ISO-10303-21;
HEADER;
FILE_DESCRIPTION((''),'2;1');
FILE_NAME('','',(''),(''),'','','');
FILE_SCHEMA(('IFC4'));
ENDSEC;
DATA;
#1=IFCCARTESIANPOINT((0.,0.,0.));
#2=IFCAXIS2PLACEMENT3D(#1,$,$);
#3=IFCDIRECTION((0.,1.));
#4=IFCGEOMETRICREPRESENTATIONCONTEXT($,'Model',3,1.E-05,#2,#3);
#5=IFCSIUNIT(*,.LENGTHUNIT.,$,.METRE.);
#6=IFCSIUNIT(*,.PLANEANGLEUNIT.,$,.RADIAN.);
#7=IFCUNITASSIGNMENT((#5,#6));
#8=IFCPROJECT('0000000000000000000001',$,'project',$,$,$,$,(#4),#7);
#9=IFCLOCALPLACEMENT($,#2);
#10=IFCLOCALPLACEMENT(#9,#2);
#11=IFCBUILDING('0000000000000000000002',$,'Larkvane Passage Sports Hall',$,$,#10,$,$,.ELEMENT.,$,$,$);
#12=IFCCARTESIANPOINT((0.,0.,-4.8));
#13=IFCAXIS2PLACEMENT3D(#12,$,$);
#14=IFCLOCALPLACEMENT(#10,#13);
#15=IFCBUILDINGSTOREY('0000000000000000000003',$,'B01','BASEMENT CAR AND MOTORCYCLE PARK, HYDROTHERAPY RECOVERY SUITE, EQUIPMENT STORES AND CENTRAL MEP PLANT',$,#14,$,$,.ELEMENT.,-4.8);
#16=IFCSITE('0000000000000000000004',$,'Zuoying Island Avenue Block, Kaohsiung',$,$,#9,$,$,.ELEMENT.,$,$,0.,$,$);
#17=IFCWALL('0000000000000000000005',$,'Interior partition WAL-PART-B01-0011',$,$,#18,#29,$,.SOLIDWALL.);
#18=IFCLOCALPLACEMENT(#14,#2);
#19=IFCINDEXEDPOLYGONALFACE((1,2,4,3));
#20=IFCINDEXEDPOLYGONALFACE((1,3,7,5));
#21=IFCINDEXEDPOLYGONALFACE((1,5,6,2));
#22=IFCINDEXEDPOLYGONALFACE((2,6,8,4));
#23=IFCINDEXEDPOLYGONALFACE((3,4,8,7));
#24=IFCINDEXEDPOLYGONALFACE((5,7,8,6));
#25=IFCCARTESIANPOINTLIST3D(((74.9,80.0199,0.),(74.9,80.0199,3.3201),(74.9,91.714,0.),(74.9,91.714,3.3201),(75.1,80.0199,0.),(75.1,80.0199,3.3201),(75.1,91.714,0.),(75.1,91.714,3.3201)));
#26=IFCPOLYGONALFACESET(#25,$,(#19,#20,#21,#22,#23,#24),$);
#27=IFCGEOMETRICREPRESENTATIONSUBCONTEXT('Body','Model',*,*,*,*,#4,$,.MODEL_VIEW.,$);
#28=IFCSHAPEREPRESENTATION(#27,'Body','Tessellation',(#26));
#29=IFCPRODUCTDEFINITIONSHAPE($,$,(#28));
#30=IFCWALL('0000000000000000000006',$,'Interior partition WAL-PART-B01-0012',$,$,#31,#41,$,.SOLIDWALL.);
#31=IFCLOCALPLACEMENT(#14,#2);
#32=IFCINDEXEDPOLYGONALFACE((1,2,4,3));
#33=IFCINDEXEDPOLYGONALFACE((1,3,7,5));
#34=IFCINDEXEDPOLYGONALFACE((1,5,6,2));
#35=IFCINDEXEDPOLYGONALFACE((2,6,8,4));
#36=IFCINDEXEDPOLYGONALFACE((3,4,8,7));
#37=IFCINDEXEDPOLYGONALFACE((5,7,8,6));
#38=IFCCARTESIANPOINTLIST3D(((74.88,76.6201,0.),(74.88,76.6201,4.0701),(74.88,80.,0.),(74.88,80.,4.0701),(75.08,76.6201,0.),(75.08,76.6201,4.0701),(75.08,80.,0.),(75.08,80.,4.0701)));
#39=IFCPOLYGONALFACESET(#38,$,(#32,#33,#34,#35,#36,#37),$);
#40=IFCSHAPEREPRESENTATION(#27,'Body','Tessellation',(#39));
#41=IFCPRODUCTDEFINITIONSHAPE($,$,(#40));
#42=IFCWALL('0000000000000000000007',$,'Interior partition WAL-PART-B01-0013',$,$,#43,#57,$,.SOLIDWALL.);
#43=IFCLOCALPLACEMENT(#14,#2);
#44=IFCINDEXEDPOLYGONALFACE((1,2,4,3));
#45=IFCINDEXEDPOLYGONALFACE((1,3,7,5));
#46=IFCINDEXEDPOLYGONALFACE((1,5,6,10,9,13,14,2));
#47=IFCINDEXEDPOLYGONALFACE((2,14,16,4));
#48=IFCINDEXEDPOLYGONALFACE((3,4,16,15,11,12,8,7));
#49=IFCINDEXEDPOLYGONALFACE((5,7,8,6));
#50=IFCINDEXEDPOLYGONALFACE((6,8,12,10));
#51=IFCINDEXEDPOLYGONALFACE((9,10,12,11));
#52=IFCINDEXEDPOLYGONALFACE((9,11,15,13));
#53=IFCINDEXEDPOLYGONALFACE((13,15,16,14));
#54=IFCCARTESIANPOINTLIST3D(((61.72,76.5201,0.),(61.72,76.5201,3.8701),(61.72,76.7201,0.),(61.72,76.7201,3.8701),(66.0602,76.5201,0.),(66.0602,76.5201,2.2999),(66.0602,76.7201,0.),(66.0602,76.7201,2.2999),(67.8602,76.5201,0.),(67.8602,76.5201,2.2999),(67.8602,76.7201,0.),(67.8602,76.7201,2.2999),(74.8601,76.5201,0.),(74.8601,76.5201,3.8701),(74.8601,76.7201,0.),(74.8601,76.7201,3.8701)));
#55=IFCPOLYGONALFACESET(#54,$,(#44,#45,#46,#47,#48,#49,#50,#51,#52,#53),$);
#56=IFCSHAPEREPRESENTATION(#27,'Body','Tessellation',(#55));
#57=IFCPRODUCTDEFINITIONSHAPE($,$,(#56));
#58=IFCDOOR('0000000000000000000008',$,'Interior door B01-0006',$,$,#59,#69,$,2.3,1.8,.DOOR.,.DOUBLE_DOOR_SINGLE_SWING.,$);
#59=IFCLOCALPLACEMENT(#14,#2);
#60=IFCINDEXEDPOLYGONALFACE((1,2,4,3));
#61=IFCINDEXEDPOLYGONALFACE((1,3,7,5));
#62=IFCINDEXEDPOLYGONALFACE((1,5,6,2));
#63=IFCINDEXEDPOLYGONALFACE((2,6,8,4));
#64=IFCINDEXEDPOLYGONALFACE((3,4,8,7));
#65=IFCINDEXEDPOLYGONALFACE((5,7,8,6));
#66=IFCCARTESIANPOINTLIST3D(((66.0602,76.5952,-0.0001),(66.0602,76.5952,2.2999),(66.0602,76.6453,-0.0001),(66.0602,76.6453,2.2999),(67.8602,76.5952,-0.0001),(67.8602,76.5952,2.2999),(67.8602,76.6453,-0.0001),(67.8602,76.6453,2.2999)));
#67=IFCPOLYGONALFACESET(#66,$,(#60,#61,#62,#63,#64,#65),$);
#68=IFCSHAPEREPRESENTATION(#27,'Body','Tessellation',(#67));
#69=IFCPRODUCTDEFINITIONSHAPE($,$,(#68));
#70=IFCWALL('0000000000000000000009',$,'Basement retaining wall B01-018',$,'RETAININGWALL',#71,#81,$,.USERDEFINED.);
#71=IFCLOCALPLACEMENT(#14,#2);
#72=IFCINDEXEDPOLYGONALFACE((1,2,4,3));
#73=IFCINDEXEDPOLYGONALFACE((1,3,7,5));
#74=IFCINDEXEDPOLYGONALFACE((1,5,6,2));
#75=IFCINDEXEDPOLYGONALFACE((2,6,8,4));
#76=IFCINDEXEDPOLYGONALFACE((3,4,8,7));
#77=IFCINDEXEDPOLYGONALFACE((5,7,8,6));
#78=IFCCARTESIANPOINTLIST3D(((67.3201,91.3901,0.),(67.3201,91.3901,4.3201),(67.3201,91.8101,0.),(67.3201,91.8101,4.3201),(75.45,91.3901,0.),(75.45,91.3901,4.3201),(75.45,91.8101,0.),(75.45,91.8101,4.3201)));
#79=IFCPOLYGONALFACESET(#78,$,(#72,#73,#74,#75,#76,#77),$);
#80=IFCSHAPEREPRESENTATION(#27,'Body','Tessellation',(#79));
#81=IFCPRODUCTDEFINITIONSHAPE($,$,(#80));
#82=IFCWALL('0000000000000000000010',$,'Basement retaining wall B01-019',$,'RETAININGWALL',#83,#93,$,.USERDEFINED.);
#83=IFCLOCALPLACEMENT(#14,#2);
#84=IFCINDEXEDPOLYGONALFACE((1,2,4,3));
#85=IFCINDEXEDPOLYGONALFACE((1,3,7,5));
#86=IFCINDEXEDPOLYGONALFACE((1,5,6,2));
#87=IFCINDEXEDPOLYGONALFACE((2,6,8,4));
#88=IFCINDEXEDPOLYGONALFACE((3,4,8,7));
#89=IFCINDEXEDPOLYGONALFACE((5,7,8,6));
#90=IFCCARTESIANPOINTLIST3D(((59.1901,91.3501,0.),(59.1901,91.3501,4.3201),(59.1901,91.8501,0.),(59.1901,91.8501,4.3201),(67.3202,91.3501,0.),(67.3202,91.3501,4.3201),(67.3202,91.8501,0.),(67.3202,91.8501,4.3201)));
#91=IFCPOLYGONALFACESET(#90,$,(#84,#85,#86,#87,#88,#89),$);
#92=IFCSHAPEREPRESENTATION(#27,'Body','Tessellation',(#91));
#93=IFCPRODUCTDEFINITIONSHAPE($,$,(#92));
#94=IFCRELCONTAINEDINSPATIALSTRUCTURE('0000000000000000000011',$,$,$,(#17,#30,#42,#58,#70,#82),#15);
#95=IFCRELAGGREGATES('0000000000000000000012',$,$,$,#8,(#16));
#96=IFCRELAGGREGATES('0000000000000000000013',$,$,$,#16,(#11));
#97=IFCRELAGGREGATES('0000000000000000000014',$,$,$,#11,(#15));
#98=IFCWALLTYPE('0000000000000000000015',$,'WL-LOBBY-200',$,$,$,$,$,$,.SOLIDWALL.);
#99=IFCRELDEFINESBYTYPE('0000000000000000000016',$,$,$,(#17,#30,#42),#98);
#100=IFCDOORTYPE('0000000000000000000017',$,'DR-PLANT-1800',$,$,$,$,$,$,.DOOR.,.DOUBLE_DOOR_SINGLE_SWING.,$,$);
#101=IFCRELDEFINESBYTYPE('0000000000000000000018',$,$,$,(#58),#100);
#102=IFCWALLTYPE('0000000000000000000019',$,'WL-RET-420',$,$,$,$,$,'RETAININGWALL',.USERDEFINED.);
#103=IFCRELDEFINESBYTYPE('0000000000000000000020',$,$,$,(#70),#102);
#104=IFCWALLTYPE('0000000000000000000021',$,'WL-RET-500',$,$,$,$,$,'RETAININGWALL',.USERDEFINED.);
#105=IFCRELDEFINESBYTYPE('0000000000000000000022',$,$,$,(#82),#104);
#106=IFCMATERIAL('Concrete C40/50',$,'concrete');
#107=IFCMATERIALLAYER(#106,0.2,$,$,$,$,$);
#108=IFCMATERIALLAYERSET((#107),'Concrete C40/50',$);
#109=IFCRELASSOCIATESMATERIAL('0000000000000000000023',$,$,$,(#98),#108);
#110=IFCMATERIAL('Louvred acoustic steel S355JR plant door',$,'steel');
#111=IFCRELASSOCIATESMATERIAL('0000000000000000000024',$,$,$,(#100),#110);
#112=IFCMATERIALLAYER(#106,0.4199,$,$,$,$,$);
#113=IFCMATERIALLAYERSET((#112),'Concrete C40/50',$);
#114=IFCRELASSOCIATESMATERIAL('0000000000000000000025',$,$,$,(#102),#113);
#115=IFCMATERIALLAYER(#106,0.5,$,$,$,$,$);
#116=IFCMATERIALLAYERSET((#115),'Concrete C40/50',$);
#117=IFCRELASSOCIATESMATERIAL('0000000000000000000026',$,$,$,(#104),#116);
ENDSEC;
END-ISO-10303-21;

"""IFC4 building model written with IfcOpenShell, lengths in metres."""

from ifc_helpers import new_model, si_unit, direction, frame, frame_2d, origin, place, context, subcontext, project, spatial, rectangle, extrude, material, layer, layer_set, type_object, element, fill, save


model = new_model("IFC4")

# Units and contexts
model_context = context("Model", 3, precision=1e-05, world=origin(), true_north=direction((0.0, 1.0)))
body_context = subcontext(model_context, "Body", "Model", "MODEL_VIEW")
ifc_project = project(units=[si_unit("LENGTHUNIT", "METRE"), si_unit("PLANEANGLEUNIT", "RADIAN")], contexts=[model_context])

# Site, building, storey
site_placement = place(None, origin())
site = spatial("IfcSite", under=ifc_project, at=site_placement, Name="Zuoying Island Avenue Block, Kaohsiung", CompositionType="ELEMENT", RefElevation=0.0)
building_placement = place(site_placement, origin())
building = spatial("IfcBuilding", under=site, at=building_placement, Name="Larkvane Passage Sports Hall", CompositionType="ELEMENT")
storey_placement = place(building_placement, frame((0.0, 0.0, -4.8)))
storey = spatial("IfcBuildingStorey", under=building, at=storey_placement, Name="B01", Description="BASEMENT CAR AND MOTORCYCLE PARK, HYDROTHERAPY RECOVERY SUITE, EQUIPMENT STORES AND CENTRAL MEP PLANT", CompositionType="ELEMENT", Elevation=-4.8)

# Shared definitions
ifc_material_1 = material(Name="Concrete C40/50", Category="concrete")

# Walls
ifc_layer_1 = layer(ifc_material_1, 0.2)
ifc_layer_set_1 = layer_set([ifc_layer_1], Name="Concrete C40/50")
wall_type_1 = type_object("IfcWallType", Name="WL-LOBBY-200", PredefinedType="SOLIDWALL", material=ifc_layer_set_1)
wall_1_placement = place(storey_placement, frame((75.0, 91.7141, 0.0), z_axis=(0.0, 0.0, 1.0), x_axis=(0.0, -1.0, 0.0)))
element("IfcWall", 1, at=wall_1_placement, inside=storey, type_object=wall_type_1, Name="Interior partition WAL-PART-B01-0011", PredefinedType="SOLIDWALL", context=body_context, shape_type="SweptSolid", body=[
    extrude(rectangle(XDim=11.6941, YDim=0.2, at=frame_2d((5.8472, 0.0))), origin(), (0.0, 0.0, 1.0), 3.3201),
])
wall_2_placement = place(storey_placement, frame((74.98, 80.0, 0.0), z_axis=(0.0, 0.0, 1.0), x_axis=(0.0, -1.0, 0.0)))
element("IfcWall", 2, at=wall_2_placement, inside=storey, type_object=wall_type_1, Name="Interior partition WAL-PART-B01-0012", PredefinedType="SOLIDWALL", context=body_context, shape_type="SweptSolid", body=[
    extrude(rectangle(XDim=3.3799, YDim=0.2, at=frame_2d((1.6899, 0.0))), origin(), (0.0, 0.0, 1.0), 4.0701),
])

# Wall, opening, door
wall_3_placement = place(storey_placement, frame((74.8601, 76.6201, 0.0), z_axis=(0.0, 0.0, 1.0), x_axis=(-1.0, 0.0, 0.0)))
wall_3 = element("IfcWall", 3, at=wall_3_placement, inside=storey, type_object=wall_type_1, Name="Interior partition WAL-PART-B01-0013", PredefinedType="SOLIDWALL", context=body_context, shape_type="SweptSolid", body=[
    extrude(rectangle(XDim=13.1401, YDim=0.2, at=frame_2d((6.5701, 0.0))), origin(), (0.0, 0.0, 1.0), 3.8701),
])
opening_placement = place(wall_3_placement, frame((7.0, 0.0, 0.0)))
opening = element("IfcOpeningElement", 4, at=opening_placement, cuts=wall_3, PredefinedType="OPENING", context=body_context, shape_type="SweptSolid", body=[
    extrude(rectangle(XDim=1.8, YDim=2.3, at=frame_2d((0.8999, 1.1499))), frame((0.0, 0.1099, 0.0), z_axis=(0.0, -1.0, 0.0), x_axis=(1.0, 0.0, 0.0)), (0.0, 0.0, 1.0), 0.22),
])
ifc_material_2 = material(Name="Louvred acoustic steel S355JR plant door", Category="steel")
door_type = type_object("IfcDoorType", Name="DR-PLANT-1800", OperationType="DOUBLE_DOOR_SINGLE_SWING", PredefinedType="DOOR", material=ifc_material_2)
door_placement = place(opening_placement, origin())
door = element("IfcDoor", 5, at=door_placement, inside=storey, type_object=door_type, Name="Interior door B01-0006", OperationType="DOUBLE_DOOR_SINGLE_SWING", OverallHeight=2.3, OverallWidth=1.8, PredefinedType="DOOR", context=body_context, shape_type="SweptSolid", body=[
    extrude(rectangle(XDim=1.8, YDim=2.3, at=frame_2d((0.8999, 1.1499))), frame((0.0, 0.0249, 0.0), z_axis=(0.0, -1.0, 0.0), x_axis=(1.0, 0.0, 0.0)), (0.0, 0.0, 1.0), 0.05),
])
fill(opening, door)

# Walls
ifc_layer_2 = layer(ifc_material_1, 0.4199)
ifc_layer_set_2 = layer_set([ifc_layer_2], Name="Concrete C40/50")
wall_type_2 = type_object("IfcWallType", Name="WL-RET-420", ElementType="RETAININGWALL", PredefinedType="USERDEFINED", material=ifc_layer_set_2)
wall_4_placement = place(storey_placement, frame((75.45, 91.6001, 0.0), z_axis=(0.0, 0.0, 1.0), x_axis=(-1.0, 0.0, 0.0)))
element("IfcWall", 6, at=wall_4_placement, inside=storey, type_object=wall_type_2, Name="Basement retaining wall B01-018", ObjectType="RETAININGWALL", PredefinedType="USERDEFINED", context=body_context, shape_type="SweptSolid", body=[
    extrude(rectangle(XDim=8.1299, YDim=0.4199, at=frame_2d((4.0649, 0.0))), origin(), (0.0, 0.0, 1.0), 4.3201),
])
ifc_layer_3 = layer(ifc_material_1, 0.5)
ifc_layer_set_3 = layer_set([ifc_layer_3], Name="Concrete C40/50")
wall_type_3 = type_object("IfcWallType", Name="WL-RET-500", ElementType="RETAININGWALL", PredefinedType="USERDEFINED", material=ifc_layer_set_3)
wall_5_placement = place(storey_placement, frame((67.3201, 91.6001, 0.0), z_axis=(0.0, 0.0, 1.0), x_axis=(-1.0, 0.0, 0.0)))
element("IfcWall", 7, at=wall_5_placement, inside=storey, type_object=wall_type_3, Name="Basement retaining wall B01-019", ObjectType="RETAININGWALL", PredefinedType="USERDEFINED", context=body_context, shape_type="SweptSolid", body=[
    extrude(rectangle(XDim=8.1301, YDim=0.5, at=frame_2d((4.0649, 0.0))), origin(), (0.0, 0.0, 1.0), 4.3201),
])

save(model, "model.ifc")
